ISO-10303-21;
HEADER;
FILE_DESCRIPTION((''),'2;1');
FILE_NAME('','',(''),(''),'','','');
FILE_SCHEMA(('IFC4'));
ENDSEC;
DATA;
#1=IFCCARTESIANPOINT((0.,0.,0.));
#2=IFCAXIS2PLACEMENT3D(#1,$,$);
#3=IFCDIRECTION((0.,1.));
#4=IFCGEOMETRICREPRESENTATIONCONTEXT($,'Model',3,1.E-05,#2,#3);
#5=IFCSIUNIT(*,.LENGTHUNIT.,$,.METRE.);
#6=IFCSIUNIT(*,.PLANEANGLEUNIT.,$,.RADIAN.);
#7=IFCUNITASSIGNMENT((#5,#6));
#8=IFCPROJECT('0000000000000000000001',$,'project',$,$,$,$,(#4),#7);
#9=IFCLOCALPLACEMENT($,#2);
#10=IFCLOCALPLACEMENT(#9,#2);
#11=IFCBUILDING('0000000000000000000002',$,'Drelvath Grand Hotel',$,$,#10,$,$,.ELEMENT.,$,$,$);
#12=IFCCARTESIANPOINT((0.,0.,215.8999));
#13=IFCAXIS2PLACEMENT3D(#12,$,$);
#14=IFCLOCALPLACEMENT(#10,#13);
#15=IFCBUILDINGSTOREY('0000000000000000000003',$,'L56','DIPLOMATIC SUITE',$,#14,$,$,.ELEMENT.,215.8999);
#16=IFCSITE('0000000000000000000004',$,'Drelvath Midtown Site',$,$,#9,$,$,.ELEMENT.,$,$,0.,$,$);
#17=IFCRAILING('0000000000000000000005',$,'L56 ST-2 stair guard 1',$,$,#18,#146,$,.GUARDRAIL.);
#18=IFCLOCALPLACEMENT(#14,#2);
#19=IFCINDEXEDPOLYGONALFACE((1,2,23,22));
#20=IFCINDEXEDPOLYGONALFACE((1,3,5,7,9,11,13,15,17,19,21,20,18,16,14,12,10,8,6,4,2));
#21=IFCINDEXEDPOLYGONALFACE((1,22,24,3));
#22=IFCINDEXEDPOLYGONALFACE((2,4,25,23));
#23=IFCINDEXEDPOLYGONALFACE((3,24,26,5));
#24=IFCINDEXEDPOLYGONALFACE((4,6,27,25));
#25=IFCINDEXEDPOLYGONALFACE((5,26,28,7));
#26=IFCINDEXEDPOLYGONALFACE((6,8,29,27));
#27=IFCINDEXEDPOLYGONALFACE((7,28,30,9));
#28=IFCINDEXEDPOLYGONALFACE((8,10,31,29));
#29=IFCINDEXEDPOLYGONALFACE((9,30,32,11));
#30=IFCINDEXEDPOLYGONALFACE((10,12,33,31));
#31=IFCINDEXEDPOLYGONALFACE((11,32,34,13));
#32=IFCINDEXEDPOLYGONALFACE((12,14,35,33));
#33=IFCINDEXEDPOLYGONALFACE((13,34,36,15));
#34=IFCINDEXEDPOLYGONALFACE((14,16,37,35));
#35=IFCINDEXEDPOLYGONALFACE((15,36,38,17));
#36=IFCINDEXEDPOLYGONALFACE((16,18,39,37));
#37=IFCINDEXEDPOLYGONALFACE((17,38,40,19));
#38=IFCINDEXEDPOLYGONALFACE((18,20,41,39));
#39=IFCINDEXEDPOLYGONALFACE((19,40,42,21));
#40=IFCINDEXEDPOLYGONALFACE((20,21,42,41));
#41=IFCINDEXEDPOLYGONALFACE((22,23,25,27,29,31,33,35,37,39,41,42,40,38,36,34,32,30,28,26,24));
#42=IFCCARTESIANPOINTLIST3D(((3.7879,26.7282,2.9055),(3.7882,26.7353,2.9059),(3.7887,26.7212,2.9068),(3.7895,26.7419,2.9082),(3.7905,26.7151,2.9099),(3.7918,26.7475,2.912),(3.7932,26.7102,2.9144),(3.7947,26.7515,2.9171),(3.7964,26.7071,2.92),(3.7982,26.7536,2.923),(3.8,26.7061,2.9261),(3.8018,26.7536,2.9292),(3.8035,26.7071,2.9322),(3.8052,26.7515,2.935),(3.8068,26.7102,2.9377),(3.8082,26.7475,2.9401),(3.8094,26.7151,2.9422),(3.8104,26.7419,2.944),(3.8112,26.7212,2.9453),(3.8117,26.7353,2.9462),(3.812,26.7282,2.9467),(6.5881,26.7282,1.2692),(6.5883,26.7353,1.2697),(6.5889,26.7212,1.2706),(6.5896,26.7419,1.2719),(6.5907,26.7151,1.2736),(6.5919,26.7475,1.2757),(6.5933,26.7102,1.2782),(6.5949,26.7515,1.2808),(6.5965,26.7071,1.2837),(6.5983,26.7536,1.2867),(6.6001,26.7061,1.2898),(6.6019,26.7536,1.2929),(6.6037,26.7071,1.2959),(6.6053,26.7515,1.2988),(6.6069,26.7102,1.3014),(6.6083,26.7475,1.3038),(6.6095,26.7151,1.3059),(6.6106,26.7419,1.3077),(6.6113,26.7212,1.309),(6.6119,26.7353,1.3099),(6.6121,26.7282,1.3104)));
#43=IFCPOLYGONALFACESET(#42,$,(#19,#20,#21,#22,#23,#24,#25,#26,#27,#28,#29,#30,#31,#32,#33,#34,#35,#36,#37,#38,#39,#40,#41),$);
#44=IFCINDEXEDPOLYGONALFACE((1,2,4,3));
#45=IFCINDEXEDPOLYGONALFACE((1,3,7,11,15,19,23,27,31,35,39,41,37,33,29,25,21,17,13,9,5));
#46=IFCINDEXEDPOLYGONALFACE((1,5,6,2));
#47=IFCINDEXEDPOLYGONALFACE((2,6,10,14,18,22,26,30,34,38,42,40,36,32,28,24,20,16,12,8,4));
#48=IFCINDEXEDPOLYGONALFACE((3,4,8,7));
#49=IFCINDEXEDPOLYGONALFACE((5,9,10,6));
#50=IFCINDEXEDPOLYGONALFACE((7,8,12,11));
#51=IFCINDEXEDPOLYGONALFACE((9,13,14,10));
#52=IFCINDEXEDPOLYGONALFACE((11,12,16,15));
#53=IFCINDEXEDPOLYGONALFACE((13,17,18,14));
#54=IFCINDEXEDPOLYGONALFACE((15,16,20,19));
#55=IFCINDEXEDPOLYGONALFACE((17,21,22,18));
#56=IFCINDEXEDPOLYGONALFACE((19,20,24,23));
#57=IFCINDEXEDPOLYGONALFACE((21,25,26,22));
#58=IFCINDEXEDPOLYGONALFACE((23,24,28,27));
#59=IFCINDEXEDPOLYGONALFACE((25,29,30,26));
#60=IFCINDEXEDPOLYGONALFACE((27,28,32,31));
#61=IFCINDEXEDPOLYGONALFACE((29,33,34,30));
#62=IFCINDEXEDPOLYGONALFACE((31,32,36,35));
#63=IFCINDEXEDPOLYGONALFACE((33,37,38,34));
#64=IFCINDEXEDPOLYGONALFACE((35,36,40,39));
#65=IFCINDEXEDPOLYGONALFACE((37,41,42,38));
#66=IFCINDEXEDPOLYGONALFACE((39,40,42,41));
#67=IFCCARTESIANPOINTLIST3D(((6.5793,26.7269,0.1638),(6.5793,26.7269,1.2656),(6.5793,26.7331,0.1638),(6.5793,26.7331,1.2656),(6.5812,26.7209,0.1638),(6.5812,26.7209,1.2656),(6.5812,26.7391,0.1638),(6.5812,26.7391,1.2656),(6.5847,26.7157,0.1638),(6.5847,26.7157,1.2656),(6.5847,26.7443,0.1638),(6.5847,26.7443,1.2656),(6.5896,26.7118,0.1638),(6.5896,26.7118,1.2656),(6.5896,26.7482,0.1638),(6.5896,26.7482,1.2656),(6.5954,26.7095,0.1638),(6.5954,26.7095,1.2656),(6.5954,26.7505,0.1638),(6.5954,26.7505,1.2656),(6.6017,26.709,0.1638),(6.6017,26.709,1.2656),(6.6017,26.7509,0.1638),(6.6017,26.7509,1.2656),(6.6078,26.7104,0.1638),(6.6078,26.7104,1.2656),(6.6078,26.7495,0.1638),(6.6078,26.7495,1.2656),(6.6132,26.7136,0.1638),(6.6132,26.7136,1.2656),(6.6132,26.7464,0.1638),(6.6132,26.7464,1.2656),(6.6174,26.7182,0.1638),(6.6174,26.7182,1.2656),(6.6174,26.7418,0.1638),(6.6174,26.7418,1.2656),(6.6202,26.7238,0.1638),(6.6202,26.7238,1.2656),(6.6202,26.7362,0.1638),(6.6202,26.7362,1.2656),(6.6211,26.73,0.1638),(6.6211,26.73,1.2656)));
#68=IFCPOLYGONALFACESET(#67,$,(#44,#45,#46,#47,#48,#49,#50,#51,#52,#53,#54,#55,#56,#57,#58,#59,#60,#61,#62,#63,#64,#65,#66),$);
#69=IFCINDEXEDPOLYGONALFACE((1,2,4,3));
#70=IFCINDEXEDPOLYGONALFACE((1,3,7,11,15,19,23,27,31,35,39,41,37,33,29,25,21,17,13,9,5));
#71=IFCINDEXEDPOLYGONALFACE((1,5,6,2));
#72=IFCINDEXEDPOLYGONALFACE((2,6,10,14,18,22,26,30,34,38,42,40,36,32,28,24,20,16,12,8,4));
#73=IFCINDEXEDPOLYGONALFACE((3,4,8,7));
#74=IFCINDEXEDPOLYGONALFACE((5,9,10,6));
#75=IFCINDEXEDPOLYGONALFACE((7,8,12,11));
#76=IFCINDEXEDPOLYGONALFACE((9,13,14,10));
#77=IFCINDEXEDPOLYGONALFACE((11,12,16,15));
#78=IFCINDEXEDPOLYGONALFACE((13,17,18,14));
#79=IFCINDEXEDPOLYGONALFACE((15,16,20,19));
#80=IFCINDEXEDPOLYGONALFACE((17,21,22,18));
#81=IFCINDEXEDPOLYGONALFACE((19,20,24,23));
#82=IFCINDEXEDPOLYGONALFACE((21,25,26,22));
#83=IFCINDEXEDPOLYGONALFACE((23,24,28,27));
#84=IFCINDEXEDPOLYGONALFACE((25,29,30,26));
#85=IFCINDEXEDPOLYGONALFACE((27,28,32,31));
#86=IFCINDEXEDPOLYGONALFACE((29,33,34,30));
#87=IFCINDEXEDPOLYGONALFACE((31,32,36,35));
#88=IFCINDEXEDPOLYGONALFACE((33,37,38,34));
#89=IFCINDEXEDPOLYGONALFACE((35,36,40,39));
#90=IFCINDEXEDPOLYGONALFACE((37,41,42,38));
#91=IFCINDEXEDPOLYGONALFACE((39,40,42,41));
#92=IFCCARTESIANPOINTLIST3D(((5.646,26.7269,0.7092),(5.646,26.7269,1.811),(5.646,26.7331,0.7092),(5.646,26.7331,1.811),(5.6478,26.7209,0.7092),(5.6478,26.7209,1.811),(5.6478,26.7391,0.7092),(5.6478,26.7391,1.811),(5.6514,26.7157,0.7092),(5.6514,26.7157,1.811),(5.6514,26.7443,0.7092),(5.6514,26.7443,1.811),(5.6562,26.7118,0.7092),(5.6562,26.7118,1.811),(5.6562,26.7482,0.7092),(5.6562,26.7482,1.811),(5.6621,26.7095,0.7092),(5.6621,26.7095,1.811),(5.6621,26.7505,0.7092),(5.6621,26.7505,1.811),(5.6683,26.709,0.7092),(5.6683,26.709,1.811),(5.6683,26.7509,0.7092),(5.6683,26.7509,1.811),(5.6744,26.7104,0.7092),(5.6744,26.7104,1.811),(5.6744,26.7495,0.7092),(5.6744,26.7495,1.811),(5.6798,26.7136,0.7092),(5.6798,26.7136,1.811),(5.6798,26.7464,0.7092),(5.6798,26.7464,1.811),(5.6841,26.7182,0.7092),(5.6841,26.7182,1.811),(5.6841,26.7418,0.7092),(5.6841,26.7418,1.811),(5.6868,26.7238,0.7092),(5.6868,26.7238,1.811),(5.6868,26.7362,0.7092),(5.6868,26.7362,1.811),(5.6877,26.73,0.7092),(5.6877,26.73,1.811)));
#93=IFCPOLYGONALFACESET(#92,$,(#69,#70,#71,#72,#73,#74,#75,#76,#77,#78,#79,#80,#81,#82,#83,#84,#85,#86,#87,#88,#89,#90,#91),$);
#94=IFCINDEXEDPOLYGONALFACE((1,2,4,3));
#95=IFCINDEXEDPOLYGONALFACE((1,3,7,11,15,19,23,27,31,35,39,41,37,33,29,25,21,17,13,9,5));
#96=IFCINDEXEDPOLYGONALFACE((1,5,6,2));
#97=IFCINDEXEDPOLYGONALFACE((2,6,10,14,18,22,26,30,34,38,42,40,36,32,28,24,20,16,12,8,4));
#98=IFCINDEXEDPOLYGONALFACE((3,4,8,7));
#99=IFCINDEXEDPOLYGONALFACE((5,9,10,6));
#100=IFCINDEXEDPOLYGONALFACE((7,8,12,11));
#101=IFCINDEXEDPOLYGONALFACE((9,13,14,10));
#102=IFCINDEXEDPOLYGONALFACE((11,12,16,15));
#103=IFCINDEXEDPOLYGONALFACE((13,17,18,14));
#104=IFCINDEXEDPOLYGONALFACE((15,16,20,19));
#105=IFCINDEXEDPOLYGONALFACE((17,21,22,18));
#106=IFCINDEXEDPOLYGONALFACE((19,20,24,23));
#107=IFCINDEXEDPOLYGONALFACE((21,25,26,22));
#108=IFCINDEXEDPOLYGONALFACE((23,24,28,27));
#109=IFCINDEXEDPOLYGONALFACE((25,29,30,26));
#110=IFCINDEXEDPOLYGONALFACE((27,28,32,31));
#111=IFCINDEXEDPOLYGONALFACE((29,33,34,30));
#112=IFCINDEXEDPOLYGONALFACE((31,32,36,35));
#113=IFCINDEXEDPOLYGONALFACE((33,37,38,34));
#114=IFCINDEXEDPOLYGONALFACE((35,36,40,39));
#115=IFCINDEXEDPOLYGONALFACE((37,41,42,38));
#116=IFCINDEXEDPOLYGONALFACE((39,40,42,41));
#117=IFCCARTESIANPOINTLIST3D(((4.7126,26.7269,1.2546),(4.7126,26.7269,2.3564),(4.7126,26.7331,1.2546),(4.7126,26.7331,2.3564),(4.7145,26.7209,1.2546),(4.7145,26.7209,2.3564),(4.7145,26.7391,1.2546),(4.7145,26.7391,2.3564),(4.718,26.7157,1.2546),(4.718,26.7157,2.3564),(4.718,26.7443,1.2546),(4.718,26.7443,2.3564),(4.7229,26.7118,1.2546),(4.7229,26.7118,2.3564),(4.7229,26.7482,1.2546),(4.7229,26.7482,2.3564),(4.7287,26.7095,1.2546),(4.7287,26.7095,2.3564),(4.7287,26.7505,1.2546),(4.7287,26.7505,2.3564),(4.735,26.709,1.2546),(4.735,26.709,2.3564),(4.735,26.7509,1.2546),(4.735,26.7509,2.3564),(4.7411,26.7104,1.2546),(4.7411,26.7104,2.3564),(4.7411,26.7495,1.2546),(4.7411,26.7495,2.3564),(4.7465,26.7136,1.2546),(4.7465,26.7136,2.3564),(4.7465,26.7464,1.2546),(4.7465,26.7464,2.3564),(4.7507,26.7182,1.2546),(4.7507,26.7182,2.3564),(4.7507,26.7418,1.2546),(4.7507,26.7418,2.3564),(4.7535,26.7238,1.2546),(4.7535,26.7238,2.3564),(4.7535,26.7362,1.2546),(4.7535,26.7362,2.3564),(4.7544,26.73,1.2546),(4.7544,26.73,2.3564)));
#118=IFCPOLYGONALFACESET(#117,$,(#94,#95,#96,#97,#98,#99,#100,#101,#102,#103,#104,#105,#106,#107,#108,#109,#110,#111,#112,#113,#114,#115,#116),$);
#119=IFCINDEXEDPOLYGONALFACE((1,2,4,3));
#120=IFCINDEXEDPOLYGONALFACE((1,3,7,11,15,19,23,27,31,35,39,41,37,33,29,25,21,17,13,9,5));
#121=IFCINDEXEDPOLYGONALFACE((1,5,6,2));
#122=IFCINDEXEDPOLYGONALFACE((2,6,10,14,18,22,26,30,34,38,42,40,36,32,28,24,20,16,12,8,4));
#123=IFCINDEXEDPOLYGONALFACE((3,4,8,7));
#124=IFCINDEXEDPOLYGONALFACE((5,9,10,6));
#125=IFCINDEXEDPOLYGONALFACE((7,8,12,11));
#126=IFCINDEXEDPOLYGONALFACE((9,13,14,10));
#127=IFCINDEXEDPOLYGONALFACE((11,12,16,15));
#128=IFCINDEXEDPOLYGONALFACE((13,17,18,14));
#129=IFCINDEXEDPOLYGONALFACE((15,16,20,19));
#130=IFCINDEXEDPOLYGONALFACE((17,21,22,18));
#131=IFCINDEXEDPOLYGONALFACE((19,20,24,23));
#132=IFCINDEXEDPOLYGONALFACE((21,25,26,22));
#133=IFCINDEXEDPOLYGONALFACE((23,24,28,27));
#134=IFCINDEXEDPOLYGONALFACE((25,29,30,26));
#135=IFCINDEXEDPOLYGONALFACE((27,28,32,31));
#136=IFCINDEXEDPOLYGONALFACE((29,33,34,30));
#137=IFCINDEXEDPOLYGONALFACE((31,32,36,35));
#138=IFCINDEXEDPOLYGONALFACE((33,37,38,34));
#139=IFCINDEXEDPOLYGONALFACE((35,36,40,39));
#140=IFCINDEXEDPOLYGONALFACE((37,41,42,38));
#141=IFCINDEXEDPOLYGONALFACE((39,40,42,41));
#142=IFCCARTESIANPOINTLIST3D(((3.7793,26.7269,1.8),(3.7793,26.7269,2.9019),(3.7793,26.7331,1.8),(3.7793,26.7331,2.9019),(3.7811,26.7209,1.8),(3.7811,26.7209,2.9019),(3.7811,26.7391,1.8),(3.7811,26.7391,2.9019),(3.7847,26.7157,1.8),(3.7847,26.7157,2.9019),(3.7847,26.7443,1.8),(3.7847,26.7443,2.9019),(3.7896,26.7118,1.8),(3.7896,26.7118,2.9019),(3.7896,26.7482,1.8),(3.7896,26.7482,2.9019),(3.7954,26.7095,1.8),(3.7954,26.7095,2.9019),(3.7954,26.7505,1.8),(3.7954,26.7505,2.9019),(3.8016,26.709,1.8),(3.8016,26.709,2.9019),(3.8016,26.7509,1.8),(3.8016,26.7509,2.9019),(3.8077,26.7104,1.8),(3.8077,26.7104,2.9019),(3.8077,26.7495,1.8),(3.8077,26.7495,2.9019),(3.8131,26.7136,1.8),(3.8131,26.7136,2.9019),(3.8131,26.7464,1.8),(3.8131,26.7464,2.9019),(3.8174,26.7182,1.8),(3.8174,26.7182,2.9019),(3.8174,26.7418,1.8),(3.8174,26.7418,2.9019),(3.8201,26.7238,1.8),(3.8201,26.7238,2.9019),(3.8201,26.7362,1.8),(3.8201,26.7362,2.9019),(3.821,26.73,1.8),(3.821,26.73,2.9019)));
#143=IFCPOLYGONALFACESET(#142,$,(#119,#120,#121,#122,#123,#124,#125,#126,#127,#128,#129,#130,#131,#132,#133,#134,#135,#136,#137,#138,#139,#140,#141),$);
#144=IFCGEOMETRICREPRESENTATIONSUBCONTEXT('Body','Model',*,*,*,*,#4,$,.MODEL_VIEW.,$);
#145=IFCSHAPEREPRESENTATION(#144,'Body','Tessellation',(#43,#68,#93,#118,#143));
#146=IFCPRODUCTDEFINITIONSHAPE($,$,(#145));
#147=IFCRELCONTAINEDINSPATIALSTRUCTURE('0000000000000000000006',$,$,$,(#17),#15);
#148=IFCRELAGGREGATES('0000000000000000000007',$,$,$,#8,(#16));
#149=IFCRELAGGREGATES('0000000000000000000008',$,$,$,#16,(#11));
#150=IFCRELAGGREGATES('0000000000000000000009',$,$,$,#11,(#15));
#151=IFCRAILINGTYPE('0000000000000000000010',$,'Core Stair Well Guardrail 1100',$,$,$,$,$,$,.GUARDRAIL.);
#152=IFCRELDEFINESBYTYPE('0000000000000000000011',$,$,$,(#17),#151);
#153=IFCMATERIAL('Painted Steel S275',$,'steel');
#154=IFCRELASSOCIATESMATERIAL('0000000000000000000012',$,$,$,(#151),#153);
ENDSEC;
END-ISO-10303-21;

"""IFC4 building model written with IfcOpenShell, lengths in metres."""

from ifc_helpers import new_model, si_unit, direction, frame, origin, origin_2d, place, context, subcontext, project, spatial, circle, extrude, material, type_object, element, save


model = new_model("IFC4")

# Units and contexts
model_context = context("Model", 3, precision=1e-05, world=origin(), true_north=direction((0.0, 1.0)))
body_context = subcontext(model_context, "Body", "Model", "MODEL_VIEW")
ifc_project = project(units=[si_unit("LENGTHUNIT", "METRE"), si_unit("PLANEANGLEUNIT", "RADIAN")], contexts=[model_context])

# Site, building, storey
site_placement = place(None, origin())
site = spatial("IfcSite", under=ifc_project, at=site_placement, Name="Drelvath Midtown Site", CompositionType="ELEMENT", RefElevation=0.0)
building_placement = place(site_placement, origin())
building = spatial("IfcBuilding", under=site, at=building_placement, Name="Drelvath Grand Hotel", CompositionType="ELEMENT")
storey_placement = place(building_placement, frame((0.0, 0.0, 215.8999)))
storey = spatial("IfcBuildingStorey", under=building, at=storey_placement, Name="L56", Description="DIPLOMATIC SUITE", CompositionType="ELEMENT", Elevation=215.8999)

# Shared definitions
ifc_material_1 = material(Name="Painted Steel S275", Category="steel")

# Railing
railing_type_1 = type_object("IfcRailingType", Name="Core Stair Well Guardrail 1100", PredefinedType="GUARDRAIL", material=ifc_material_1)
railing_1_placement = place(storey_placement, frame((6.6001, 26.73, 0.1638)))
element("IfcRailing", 1, at=railing_1_placement, inside=storey, type_object=railing_type_1, Name="L56 ST-2 stair guard 1", PredefinedType="GUARDRAIL", context=body_context, shape_type="SweptSolid", body=[
    extrude(circle(Radius=0.0239, at=origin_2d()), frame((0.0, 0.0, 1.126), z_axis=(-0.863394, 0.0, 0.504531), x_axis=(0.0, -1.0, 0.0)), (0.0, 0.0, 1.0), 3.2432),
    extrude(circle(Radius=0.021, at=origin_2d()), origin(), (0.0, 0.0, 1.0), 1.1018),
    extrude(circle(Radius=0.021, at=origin_2d()), frame((-0.9333, 0.0, 0.5454)), (0.0, 0.0, 1.0), 1.1018),
    extrude(circle(Radius=0.021, at=origin_2d()), frame((-1.8667, 0.0, 1.0908)), (0.0, 0.0, 1.0), 1.1018),
    extrude(circle(Radius=0.021, at=origin_2d()), frame((-2.8, 0.0, 1.6362)), (0.0, 0.0, 1.0), 1.1018),
])

save(model, "model.ifc")
